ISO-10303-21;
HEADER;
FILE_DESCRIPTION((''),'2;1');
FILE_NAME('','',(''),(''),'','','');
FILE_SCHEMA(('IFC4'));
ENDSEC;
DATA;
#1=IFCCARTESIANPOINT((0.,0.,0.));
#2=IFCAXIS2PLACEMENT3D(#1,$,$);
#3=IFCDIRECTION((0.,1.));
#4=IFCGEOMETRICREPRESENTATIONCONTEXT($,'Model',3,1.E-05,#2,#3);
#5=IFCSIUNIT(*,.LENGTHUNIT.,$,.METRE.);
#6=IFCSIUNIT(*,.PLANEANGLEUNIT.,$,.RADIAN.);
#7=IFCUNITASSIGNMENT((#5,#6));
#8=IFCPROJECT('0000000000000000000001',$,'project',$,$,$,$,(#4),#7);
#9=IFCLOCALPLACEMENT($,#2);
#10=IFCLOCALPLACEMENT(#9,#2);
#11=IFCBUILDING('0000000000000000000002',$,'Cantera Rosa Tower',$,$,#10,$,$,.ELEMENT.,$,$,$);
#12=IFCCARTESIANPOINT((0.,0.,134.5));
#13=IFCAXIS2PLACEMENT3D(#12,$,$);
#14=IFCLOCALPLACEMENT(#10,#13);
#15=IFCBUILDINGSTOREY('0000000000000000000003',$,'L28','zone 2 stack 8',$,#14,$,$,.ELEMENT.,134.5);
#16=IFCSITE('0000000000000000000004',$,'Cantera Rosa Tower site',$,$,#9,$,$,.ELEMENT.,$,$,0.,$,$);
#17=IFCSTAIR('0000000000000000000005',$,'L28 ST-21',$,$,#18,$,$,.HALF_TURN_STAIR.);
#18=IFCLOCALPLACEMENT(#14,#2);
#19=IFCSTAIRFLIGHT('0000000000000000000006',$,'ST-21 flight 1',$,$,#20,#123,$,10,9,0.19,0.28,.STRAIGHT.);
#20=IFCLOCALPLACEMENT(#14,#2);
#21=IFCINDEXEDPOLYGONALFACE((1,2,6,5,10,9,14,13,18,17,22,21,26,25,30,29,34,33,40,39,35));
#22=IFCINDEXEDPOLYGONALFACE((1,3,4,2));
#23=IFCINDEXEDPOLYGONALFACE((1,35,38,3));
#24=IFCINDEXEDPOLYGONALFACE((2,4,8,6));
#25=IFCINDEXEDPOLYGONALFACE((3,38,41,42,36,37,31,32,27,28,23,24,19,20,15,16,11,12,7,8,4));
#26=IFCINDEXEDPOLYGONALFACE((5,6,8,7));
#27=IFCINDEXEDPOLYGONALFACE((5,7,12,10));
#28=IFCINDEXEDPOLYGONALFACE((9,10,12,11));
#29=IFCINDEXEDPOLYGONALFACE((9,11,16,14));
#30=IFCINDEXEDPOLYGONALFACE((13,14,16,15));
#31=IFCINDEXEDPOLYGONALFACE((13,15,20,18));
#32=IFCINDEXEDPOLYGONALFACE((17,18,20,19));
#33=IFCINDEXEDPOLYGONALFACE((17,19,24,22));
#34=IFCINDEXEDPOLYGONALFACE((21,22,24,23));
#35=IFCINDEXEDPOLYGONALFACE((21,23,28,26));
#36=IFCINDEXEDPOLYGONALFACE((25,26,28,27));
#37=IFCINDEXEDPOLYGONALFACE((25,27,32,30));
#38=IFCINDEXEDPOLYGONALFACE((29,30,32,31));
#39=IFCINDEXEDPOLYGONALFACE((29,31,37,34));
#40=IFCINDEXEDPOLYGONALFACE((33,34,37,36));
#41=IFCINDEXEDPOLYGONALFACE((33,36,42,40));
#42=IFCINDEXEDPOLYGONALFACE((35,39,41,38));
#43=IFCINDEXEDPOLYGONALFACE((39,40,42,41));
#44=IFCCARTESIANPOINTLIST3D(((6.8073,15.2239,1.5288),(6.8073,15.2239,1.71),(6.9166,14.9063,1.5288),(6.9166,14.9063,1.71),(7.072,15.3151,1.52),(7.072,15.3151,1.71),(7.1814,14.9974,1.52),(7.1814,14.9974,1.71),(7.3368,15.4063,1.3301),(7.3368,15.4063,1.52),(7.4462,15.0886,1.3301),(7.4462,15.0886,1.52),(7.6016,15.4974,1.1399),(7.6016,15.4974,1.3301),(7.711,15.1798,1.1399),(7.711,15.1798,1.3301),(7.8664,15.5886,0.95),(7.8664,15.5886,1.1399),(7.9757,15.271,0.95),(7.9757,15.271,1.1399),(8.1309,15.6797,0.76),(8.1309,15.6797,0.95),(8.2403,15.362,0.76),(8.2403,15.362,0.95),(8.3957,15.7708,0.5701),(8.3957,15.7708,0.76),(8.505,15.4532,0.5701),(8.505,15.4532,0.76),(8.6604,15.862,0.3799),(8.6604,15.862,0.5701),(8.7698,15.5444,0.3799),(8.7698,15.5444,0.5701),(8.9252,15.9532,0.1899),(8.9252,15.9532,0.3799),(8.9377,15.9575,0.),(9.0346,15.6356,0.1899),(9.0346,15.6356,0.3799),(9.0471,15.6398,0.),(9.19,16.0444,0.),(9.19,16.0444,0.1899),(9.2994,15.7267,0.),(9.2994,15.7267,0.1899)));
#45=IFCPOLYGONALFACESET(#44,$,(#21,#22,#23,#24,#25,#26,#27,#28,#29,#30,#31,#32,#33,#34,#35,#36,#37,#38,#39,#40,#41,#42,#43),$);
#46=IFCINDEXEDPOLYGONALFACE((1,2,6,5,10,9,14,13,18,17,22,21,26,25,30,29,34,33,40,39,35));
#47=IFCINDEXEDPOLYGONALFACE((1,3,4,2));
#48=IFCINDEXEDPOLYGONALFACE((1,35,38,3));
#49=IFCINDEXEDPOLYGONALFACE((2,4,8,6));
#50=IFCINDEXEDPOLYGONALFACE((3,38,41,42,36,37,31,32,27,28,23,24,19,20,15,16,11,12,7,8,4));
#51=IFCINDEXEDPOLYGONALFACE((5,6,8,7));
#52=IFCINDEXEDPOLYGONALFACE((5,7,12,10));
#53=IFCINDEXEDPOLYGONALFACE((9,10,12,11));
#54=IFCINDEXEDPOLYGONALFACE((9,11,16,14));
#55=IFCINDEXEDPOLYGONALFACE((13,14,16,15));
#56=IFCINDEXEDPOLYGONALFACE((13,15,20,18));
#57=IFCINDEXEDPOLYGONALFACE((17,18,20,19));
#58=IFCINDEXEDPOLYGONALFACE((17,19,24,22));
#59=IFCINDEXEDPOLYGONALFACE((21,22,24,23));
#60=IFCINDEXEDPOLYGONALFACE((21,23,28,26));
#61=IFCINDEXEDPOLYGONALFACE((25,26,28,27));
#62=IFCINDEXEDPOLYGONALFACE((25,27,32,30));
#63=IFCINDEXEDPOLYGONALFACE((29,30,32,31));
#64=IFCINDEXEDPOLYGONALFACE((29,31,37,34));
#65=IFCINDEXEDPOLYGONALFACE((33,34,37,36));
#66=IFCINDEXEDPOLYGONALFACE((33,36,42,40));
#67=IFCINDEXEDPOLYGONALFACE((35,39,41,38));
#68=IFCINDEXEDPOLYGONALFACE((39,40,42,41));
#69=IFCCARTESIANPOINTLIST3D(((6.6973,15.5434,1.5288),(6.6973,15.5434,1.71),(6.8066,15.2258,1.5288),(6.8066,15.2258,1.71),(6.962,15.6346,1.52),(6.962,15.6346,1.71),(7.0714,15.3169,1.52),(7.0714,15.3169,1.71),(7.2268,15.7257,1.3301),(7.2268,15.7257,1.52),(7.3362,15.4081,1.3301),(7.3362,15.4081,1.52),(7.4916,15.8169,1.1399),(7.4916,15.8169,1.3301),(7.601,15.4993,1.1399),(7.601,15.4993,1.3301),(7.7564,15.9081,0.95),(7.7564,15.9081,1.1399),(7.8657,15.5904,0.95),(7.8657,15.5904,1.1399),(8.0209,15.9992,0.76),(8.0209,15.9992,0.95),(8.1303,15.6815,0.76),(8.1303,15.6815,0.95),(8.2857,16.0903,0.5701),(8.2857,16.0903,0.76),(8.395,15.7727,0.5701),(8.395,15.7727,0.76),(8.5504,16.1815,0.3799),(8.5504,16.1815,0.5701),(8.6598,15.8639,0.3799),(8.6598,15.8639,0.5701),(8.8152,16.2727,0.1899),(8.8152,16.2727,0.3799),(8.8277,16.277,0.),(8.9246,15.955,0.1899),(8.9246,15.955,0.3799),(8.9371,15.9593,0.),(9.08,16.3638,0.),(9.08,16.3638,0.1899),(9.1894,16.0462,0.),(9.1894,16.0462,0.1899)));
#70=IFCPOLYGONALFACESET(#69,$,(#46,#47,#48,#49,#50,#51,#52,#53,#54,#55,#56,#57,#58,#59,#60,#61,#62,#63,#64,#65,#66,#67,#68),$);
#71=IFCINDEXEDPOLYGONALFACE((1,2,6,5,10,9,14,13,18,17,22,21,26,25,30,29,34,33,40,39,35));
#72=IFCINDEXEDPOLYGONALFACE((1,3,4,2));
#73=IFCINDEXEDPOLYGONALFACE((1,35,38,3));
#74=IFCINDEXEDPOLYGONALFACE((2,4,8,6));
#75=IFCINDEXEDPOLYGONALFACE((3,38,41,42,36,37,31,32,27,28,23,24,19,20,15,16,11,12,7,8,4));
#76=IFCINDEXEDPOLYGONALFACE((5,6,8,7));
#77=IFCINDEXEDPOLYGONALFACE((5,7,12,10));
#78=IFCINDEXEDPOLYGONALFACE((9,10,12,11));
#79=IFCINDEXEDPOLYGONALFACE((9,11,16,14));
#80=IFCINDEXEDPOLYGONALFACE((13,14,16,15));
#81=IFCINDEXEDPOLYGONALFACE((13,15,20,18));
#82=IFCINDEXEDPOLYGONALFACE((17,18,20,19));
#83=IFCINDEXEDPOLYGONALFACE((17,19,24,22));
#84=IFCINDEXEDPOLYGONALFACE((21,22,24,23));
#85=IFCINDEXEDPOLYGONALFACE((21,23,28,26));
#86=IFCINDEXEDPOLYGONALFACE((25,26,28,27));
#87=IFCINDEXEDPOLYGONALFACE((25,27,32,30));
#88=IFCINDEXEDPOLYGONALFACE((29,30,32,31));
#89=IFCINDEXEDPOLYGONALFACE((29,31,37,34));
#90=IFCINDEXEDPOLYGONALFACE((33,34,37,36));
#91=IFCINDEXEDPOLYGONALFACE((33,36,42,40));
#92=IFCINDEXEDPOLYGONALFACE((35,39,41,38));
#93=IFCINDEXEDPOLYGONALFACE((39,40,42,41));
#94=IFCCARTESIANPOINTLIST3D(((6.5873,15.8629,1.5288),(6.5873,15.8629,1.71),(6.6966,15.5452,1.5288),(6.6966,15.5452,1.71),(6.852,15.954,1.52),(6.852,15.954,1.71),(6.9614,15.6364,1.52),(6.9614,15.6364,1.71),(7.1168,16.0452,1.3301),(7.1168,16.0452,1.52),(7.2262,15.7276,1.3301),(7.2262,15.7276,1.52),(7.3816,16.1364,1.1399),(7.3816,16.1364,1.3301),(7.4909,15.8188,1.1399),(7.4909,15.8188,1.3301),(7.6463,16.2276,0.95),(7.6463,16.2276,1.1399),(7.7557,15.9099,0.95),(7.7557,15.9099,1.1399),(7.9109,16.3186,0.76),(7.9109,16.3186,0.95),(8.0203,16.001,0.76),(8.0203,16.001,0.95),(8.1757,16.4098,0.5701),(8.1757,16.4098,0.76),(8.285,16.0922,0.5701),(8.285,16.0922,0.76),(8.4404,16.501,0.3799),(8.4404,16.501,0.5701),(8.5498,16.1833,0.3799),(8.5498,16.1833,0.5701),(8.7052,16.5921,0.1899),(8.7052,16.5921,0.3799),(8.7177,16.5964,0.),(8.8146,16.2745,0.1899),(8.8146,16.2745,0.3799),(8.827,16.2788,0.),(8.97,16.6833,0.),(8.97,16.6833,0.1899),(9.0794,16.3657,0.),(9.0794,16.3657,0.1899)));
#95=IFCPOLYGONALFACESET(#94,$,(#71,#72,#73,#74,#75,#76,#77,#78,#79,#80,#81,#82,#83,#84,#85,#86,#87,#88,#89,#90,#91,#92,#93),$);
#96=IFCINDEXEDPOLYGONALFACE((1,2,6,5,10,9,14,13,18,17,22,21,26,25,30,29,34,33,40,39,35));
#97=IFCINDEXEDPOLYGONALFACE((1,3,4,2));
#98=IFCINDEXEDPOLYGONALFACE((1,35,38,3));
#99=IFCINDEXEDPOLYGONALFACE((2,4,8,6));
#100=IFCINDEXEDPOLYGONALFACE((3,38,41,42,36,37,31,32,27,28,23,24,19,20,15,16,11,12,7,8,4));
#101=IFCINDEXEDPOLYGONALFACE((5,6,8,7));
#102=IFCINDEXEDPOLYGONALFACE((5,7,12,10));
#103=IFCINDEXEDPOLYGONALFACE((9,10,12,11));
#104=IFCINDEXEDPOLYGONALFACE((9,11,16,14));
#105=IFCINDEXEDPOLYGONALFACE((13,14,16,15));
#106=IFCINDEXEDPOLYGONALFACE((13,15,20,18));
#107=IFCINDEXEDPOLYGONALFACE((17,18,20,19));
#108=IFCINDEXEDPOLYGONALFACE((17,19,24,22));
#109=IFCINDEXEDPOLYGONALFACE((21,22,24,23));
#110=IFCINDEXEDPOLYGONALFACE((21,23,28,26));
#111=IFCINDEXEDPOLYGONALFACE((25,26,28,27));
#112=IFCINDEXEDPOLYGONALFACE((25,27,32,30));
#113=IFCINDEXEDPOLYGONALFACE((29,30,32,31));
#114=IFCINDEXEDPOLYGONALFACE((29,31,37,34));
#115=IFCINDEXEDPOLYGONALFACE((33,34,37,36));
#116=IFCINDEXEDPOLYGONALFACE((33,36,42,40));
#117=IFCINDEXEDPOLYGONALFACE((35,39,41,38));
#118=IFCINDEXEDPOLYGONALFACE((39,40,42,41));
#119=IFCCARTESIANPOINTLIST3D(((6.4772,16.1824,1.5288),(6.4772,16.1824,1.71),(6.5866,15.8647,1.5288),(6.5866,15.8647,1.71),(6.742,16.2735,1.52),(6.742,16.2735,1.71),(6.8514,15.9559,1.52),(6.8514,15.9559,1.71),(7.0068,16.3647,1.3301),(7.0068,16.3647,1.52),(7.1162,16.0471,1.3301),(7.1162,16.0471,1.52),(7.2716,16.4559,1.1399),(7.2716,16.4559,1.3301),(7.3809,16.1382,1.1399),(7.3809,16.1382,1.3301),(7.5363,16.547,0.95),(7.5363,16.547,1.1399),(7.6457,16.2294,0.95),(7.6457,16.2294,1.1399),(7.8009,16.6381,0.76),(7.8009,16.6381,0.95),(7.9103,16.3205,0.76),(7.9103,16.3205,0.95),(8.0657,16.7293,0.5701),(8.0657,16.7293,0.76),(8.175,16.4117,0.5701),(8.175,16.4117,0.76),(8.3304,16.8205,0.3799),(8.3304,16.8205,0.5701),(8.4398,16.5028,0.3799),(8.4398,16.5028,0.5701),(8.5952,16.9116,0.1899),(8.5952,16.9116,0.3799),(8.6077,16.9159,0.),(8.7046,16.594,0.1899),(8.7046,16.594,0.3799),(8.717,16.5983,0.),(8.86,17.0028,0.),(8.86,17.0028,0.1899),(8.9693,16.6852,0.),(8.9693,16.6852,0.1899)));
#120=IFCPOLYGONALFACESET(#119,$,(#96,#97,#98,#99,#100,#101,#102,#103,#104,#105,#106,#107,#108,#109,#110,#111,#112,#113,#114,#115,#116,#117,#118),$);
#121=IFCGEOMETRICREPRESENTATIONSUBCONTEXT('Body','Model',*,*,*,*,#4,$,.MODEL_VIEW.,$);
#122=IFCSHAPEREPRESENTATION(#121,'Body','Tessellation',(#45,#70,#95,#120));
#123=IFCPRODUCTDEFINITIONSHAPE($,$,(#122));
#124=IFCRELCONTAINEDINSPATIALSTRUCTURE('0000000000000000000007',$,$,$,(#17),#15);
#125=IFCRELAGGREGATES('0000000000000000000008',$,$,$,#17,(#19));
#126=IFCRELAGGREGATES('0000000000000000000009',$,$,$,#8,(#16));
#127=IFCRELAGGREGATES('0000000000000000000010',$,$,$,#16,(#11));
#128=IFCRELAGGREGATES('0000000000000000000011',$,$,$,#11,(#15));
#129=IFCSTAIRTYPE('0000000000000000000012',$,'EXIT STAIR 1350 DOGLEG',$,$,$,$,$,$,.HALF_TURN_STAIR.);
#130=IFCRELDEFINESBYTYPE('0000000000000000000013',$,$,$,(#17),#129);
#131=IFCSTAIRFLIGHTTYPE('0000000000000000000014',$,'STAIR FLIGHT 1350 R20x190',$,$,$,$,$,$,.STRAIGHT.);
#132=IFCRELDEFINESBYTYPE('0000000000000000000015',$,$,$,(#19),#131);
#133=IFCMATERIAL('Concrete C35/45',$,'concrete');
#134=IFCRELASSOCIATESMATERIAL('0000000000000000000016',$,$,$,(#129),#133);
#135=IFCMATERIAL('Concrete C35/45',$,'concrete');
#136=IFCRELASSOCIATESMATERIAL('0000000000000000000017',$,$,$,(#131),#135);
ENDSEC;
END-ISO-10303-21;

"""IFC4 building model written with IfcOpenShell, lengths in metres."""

from ifc_helpers import new_model, si_unit, direction, frame, origin, place, context, subcontext, project, spatial, polyline, outline, extrude, material, type_object, element, aggregate, save


model = new_model("IFC4")

# Units and contexts
model_context = context("Model", 3, precision=1e-05, world=origin(), true_north=direction((0.0, 1.0)))
body_context = subcontext(model_context, "Body", "Model", "MODEL_VIEW")
ifc_project = project(units=[si_unit("LENGTHUNIT", "METRE"), si_unit("PLANEANGLEUNIT", "RADIAN")], contexts=[model_context])

# Site, building, storey
site_placement = place(None, origin())
site = spatial("IfcSite", under=ifc_project, at=site_placement, Name="Cantera Rosa Tower site", CompositionType="ELEMENT", RefElevation=0.0)
building_placement = place(site_placement, origin())
building = spatial("IfcBuilding", under=site, at=building_placement, Name="Cantera Rosa Tower", CompositionType="ELEMENT")
storey_placement = place(building_placement, frame((0.0, 0.0, 134.5)))
storey = spatial("IfcBuildingStorey", under=building, at=storey_placement, Name="L28", Description="zone 2 stack 8", CompositionType="ELEMENT", Elevation=134.5)

# Stair, stair flight
ifc_material_1 = material(Name="Concrete C35/45", Category="concrete")
stair_type = type_object("IfcStairType", Name="EXIT STAIR 1350 DOGLEG", PredefinedType="HALF_TURN_STAIR", material=ifc_material_1)
stair_placement = place(storey_placement, origin())
stair = element("IfcStair", 1, at=stair_placement, inside=storey, type_object=stair_type, Name="L28 ST-21", PredefinedType="HALF_TURN_STAIR")
ifc_material_2 = material(Name="Concrete C35/45", Category="concrete")
stair_flight_type = type_object("IfcStairFlightType", Name="STAIR FLIGHT 1350 R20x190", PredefinedType="STRAIGHT", material=ifc_material_2)
stair_flight_placement = place(storey_placement, frame((9.0796, 16.365, 0.0), z_axis=(0.0, 0.0, 1.0), x_axis=(-0.945519, -0.325568, 0.0)))
stair_flight = element("IfcStairFlight", 2, at=stair_flight_placement, type_object=stair_flight_type, Name="ST-21 flight 1", NumberOfRisers=10, NumberOfTreads=9, PredefinedType="STRAIGHT", RiserHeight=0.19, TreadLength=0.28, context=body_context, shape_type="SweptSolid", body=[
    extrude(outline(polyline([(0.0, 0.0), (0.0, 0.1899), (0.28, 0.1899), (0.28, 0.3799), (0.5601, 0.3799), (0.5601, 0.5701), (0.8401, 0.5701), (0.8401, 0.76), (1.1201, 0.76), (1.1201, 0.95), (1.3999, 0.95), (1.3999, 1.1399), (1.6799, 1.1399), (1.6799, 1.3301), (1.96, 1.3301), (1.96, 1.52), (2.24, 1.52), (2.24, 1.71), (2.52, 1.71), (2.52, 1.8999), (2.52, 1.5288), (0.2668, 0.0), (0.0, 0.0)])), frame((0.0, 0.675, 0.0), z_axis=(0.0, -1.0, 0.0), x_axis=(1.0, 0.0, 0.0)), (0.0, 0.0, 1.0), 0.3359),
    extrude(outline(polyline([(0.0, 0.0), (0.0, 0.1899), (0.28, 0.1899), (0.28, 0.3799), (0.5601, 0.3799), (0.5601, 0.5701), (0.8401, 0.5701), (0.8401, 0.76), (1.1201, 0.76), (1.1201, 0.95), (1.3999, 0.95), (1.3999, 1.1399), (1.6799, 1.1399), (1.6799, 1.3301), (1.96, 1.3301), (1.96, 1.52), (2.24, 1.52), (2.24, 1.71), (2.52, 1.71), (2.52, 1.8999), (2.52, 1.5288), (0.2668, 0.0), (0.0, 0.0)])), frame((0.0, 0.3372, 0.0), z_axis=(0.0, -1.0, 0.0), x_axis=(1.0, 0.0, 0.0)), (0.0, 0.0, 1.0), 0.3359),
    extrude(outline(polyline([(0.0, 0.0), (0.0, 0.1899), (0.28, 0.1899), (0.28, 0.3799), (0.5601, 0.3799), (0.5601, 0.5701), (0.8401, 0.5701), (0.8401, 0.76), (1.1201, 0.76), (1.1201, 0.95), (1.3999, 0.95), (1.3999, 1.1399), (1.6799, 1.1399), (1.6799, 1.3301), (1.96, 1.3301), (1.96, 1.52), (2.24, 1.52), (2.24, 1.71), (2.52, 1.71), (2.52, 1.8999), (2.52, 1.5288), (0.2668, 0.0), (0.0, 0.0)])), frame((0.0, -0.0007, 0.0), z_axis=(0.0, -1.0, 0.0), x_axis=(1.0, 0.0, 0.0)), (0.0, 0.0, 1.0), 0.3359),
    extrude(outline(polyline([(0.0, 0.0), (0.0, 0.1899), (0.28, 0.1899), (0.28, 0.3799), (0.5601, 0.3799), (0.5601, 0.5701), (0.8401, 0.5701), (0.8401, 0.76), (1.1201, 0.76), (1.1201, 0.95), (1.3999, 0.95), (1.3999, 1.1399), (1.6799, 1.1399), (1.6799, 1.3301), (1.96, 1.3301), (1.96, 1.52), (2.24, 1.52), (2.24, 1.71), (2.52, 1.71), (2.52, 1.8999), (2.52, 1.5288), (0.2668, 0.0), (0.0, 0.0)])), frame((0.0, -0.3386, 0.0), z_axis=(0.0, -1.0, 0.0), x_axis=(1.0, 0.0, 0.0)), (0.0, 0.0, 1.0), 0.3359),
])
aggregate(stair, [stair_flight])

save(model, "model.ifc")
